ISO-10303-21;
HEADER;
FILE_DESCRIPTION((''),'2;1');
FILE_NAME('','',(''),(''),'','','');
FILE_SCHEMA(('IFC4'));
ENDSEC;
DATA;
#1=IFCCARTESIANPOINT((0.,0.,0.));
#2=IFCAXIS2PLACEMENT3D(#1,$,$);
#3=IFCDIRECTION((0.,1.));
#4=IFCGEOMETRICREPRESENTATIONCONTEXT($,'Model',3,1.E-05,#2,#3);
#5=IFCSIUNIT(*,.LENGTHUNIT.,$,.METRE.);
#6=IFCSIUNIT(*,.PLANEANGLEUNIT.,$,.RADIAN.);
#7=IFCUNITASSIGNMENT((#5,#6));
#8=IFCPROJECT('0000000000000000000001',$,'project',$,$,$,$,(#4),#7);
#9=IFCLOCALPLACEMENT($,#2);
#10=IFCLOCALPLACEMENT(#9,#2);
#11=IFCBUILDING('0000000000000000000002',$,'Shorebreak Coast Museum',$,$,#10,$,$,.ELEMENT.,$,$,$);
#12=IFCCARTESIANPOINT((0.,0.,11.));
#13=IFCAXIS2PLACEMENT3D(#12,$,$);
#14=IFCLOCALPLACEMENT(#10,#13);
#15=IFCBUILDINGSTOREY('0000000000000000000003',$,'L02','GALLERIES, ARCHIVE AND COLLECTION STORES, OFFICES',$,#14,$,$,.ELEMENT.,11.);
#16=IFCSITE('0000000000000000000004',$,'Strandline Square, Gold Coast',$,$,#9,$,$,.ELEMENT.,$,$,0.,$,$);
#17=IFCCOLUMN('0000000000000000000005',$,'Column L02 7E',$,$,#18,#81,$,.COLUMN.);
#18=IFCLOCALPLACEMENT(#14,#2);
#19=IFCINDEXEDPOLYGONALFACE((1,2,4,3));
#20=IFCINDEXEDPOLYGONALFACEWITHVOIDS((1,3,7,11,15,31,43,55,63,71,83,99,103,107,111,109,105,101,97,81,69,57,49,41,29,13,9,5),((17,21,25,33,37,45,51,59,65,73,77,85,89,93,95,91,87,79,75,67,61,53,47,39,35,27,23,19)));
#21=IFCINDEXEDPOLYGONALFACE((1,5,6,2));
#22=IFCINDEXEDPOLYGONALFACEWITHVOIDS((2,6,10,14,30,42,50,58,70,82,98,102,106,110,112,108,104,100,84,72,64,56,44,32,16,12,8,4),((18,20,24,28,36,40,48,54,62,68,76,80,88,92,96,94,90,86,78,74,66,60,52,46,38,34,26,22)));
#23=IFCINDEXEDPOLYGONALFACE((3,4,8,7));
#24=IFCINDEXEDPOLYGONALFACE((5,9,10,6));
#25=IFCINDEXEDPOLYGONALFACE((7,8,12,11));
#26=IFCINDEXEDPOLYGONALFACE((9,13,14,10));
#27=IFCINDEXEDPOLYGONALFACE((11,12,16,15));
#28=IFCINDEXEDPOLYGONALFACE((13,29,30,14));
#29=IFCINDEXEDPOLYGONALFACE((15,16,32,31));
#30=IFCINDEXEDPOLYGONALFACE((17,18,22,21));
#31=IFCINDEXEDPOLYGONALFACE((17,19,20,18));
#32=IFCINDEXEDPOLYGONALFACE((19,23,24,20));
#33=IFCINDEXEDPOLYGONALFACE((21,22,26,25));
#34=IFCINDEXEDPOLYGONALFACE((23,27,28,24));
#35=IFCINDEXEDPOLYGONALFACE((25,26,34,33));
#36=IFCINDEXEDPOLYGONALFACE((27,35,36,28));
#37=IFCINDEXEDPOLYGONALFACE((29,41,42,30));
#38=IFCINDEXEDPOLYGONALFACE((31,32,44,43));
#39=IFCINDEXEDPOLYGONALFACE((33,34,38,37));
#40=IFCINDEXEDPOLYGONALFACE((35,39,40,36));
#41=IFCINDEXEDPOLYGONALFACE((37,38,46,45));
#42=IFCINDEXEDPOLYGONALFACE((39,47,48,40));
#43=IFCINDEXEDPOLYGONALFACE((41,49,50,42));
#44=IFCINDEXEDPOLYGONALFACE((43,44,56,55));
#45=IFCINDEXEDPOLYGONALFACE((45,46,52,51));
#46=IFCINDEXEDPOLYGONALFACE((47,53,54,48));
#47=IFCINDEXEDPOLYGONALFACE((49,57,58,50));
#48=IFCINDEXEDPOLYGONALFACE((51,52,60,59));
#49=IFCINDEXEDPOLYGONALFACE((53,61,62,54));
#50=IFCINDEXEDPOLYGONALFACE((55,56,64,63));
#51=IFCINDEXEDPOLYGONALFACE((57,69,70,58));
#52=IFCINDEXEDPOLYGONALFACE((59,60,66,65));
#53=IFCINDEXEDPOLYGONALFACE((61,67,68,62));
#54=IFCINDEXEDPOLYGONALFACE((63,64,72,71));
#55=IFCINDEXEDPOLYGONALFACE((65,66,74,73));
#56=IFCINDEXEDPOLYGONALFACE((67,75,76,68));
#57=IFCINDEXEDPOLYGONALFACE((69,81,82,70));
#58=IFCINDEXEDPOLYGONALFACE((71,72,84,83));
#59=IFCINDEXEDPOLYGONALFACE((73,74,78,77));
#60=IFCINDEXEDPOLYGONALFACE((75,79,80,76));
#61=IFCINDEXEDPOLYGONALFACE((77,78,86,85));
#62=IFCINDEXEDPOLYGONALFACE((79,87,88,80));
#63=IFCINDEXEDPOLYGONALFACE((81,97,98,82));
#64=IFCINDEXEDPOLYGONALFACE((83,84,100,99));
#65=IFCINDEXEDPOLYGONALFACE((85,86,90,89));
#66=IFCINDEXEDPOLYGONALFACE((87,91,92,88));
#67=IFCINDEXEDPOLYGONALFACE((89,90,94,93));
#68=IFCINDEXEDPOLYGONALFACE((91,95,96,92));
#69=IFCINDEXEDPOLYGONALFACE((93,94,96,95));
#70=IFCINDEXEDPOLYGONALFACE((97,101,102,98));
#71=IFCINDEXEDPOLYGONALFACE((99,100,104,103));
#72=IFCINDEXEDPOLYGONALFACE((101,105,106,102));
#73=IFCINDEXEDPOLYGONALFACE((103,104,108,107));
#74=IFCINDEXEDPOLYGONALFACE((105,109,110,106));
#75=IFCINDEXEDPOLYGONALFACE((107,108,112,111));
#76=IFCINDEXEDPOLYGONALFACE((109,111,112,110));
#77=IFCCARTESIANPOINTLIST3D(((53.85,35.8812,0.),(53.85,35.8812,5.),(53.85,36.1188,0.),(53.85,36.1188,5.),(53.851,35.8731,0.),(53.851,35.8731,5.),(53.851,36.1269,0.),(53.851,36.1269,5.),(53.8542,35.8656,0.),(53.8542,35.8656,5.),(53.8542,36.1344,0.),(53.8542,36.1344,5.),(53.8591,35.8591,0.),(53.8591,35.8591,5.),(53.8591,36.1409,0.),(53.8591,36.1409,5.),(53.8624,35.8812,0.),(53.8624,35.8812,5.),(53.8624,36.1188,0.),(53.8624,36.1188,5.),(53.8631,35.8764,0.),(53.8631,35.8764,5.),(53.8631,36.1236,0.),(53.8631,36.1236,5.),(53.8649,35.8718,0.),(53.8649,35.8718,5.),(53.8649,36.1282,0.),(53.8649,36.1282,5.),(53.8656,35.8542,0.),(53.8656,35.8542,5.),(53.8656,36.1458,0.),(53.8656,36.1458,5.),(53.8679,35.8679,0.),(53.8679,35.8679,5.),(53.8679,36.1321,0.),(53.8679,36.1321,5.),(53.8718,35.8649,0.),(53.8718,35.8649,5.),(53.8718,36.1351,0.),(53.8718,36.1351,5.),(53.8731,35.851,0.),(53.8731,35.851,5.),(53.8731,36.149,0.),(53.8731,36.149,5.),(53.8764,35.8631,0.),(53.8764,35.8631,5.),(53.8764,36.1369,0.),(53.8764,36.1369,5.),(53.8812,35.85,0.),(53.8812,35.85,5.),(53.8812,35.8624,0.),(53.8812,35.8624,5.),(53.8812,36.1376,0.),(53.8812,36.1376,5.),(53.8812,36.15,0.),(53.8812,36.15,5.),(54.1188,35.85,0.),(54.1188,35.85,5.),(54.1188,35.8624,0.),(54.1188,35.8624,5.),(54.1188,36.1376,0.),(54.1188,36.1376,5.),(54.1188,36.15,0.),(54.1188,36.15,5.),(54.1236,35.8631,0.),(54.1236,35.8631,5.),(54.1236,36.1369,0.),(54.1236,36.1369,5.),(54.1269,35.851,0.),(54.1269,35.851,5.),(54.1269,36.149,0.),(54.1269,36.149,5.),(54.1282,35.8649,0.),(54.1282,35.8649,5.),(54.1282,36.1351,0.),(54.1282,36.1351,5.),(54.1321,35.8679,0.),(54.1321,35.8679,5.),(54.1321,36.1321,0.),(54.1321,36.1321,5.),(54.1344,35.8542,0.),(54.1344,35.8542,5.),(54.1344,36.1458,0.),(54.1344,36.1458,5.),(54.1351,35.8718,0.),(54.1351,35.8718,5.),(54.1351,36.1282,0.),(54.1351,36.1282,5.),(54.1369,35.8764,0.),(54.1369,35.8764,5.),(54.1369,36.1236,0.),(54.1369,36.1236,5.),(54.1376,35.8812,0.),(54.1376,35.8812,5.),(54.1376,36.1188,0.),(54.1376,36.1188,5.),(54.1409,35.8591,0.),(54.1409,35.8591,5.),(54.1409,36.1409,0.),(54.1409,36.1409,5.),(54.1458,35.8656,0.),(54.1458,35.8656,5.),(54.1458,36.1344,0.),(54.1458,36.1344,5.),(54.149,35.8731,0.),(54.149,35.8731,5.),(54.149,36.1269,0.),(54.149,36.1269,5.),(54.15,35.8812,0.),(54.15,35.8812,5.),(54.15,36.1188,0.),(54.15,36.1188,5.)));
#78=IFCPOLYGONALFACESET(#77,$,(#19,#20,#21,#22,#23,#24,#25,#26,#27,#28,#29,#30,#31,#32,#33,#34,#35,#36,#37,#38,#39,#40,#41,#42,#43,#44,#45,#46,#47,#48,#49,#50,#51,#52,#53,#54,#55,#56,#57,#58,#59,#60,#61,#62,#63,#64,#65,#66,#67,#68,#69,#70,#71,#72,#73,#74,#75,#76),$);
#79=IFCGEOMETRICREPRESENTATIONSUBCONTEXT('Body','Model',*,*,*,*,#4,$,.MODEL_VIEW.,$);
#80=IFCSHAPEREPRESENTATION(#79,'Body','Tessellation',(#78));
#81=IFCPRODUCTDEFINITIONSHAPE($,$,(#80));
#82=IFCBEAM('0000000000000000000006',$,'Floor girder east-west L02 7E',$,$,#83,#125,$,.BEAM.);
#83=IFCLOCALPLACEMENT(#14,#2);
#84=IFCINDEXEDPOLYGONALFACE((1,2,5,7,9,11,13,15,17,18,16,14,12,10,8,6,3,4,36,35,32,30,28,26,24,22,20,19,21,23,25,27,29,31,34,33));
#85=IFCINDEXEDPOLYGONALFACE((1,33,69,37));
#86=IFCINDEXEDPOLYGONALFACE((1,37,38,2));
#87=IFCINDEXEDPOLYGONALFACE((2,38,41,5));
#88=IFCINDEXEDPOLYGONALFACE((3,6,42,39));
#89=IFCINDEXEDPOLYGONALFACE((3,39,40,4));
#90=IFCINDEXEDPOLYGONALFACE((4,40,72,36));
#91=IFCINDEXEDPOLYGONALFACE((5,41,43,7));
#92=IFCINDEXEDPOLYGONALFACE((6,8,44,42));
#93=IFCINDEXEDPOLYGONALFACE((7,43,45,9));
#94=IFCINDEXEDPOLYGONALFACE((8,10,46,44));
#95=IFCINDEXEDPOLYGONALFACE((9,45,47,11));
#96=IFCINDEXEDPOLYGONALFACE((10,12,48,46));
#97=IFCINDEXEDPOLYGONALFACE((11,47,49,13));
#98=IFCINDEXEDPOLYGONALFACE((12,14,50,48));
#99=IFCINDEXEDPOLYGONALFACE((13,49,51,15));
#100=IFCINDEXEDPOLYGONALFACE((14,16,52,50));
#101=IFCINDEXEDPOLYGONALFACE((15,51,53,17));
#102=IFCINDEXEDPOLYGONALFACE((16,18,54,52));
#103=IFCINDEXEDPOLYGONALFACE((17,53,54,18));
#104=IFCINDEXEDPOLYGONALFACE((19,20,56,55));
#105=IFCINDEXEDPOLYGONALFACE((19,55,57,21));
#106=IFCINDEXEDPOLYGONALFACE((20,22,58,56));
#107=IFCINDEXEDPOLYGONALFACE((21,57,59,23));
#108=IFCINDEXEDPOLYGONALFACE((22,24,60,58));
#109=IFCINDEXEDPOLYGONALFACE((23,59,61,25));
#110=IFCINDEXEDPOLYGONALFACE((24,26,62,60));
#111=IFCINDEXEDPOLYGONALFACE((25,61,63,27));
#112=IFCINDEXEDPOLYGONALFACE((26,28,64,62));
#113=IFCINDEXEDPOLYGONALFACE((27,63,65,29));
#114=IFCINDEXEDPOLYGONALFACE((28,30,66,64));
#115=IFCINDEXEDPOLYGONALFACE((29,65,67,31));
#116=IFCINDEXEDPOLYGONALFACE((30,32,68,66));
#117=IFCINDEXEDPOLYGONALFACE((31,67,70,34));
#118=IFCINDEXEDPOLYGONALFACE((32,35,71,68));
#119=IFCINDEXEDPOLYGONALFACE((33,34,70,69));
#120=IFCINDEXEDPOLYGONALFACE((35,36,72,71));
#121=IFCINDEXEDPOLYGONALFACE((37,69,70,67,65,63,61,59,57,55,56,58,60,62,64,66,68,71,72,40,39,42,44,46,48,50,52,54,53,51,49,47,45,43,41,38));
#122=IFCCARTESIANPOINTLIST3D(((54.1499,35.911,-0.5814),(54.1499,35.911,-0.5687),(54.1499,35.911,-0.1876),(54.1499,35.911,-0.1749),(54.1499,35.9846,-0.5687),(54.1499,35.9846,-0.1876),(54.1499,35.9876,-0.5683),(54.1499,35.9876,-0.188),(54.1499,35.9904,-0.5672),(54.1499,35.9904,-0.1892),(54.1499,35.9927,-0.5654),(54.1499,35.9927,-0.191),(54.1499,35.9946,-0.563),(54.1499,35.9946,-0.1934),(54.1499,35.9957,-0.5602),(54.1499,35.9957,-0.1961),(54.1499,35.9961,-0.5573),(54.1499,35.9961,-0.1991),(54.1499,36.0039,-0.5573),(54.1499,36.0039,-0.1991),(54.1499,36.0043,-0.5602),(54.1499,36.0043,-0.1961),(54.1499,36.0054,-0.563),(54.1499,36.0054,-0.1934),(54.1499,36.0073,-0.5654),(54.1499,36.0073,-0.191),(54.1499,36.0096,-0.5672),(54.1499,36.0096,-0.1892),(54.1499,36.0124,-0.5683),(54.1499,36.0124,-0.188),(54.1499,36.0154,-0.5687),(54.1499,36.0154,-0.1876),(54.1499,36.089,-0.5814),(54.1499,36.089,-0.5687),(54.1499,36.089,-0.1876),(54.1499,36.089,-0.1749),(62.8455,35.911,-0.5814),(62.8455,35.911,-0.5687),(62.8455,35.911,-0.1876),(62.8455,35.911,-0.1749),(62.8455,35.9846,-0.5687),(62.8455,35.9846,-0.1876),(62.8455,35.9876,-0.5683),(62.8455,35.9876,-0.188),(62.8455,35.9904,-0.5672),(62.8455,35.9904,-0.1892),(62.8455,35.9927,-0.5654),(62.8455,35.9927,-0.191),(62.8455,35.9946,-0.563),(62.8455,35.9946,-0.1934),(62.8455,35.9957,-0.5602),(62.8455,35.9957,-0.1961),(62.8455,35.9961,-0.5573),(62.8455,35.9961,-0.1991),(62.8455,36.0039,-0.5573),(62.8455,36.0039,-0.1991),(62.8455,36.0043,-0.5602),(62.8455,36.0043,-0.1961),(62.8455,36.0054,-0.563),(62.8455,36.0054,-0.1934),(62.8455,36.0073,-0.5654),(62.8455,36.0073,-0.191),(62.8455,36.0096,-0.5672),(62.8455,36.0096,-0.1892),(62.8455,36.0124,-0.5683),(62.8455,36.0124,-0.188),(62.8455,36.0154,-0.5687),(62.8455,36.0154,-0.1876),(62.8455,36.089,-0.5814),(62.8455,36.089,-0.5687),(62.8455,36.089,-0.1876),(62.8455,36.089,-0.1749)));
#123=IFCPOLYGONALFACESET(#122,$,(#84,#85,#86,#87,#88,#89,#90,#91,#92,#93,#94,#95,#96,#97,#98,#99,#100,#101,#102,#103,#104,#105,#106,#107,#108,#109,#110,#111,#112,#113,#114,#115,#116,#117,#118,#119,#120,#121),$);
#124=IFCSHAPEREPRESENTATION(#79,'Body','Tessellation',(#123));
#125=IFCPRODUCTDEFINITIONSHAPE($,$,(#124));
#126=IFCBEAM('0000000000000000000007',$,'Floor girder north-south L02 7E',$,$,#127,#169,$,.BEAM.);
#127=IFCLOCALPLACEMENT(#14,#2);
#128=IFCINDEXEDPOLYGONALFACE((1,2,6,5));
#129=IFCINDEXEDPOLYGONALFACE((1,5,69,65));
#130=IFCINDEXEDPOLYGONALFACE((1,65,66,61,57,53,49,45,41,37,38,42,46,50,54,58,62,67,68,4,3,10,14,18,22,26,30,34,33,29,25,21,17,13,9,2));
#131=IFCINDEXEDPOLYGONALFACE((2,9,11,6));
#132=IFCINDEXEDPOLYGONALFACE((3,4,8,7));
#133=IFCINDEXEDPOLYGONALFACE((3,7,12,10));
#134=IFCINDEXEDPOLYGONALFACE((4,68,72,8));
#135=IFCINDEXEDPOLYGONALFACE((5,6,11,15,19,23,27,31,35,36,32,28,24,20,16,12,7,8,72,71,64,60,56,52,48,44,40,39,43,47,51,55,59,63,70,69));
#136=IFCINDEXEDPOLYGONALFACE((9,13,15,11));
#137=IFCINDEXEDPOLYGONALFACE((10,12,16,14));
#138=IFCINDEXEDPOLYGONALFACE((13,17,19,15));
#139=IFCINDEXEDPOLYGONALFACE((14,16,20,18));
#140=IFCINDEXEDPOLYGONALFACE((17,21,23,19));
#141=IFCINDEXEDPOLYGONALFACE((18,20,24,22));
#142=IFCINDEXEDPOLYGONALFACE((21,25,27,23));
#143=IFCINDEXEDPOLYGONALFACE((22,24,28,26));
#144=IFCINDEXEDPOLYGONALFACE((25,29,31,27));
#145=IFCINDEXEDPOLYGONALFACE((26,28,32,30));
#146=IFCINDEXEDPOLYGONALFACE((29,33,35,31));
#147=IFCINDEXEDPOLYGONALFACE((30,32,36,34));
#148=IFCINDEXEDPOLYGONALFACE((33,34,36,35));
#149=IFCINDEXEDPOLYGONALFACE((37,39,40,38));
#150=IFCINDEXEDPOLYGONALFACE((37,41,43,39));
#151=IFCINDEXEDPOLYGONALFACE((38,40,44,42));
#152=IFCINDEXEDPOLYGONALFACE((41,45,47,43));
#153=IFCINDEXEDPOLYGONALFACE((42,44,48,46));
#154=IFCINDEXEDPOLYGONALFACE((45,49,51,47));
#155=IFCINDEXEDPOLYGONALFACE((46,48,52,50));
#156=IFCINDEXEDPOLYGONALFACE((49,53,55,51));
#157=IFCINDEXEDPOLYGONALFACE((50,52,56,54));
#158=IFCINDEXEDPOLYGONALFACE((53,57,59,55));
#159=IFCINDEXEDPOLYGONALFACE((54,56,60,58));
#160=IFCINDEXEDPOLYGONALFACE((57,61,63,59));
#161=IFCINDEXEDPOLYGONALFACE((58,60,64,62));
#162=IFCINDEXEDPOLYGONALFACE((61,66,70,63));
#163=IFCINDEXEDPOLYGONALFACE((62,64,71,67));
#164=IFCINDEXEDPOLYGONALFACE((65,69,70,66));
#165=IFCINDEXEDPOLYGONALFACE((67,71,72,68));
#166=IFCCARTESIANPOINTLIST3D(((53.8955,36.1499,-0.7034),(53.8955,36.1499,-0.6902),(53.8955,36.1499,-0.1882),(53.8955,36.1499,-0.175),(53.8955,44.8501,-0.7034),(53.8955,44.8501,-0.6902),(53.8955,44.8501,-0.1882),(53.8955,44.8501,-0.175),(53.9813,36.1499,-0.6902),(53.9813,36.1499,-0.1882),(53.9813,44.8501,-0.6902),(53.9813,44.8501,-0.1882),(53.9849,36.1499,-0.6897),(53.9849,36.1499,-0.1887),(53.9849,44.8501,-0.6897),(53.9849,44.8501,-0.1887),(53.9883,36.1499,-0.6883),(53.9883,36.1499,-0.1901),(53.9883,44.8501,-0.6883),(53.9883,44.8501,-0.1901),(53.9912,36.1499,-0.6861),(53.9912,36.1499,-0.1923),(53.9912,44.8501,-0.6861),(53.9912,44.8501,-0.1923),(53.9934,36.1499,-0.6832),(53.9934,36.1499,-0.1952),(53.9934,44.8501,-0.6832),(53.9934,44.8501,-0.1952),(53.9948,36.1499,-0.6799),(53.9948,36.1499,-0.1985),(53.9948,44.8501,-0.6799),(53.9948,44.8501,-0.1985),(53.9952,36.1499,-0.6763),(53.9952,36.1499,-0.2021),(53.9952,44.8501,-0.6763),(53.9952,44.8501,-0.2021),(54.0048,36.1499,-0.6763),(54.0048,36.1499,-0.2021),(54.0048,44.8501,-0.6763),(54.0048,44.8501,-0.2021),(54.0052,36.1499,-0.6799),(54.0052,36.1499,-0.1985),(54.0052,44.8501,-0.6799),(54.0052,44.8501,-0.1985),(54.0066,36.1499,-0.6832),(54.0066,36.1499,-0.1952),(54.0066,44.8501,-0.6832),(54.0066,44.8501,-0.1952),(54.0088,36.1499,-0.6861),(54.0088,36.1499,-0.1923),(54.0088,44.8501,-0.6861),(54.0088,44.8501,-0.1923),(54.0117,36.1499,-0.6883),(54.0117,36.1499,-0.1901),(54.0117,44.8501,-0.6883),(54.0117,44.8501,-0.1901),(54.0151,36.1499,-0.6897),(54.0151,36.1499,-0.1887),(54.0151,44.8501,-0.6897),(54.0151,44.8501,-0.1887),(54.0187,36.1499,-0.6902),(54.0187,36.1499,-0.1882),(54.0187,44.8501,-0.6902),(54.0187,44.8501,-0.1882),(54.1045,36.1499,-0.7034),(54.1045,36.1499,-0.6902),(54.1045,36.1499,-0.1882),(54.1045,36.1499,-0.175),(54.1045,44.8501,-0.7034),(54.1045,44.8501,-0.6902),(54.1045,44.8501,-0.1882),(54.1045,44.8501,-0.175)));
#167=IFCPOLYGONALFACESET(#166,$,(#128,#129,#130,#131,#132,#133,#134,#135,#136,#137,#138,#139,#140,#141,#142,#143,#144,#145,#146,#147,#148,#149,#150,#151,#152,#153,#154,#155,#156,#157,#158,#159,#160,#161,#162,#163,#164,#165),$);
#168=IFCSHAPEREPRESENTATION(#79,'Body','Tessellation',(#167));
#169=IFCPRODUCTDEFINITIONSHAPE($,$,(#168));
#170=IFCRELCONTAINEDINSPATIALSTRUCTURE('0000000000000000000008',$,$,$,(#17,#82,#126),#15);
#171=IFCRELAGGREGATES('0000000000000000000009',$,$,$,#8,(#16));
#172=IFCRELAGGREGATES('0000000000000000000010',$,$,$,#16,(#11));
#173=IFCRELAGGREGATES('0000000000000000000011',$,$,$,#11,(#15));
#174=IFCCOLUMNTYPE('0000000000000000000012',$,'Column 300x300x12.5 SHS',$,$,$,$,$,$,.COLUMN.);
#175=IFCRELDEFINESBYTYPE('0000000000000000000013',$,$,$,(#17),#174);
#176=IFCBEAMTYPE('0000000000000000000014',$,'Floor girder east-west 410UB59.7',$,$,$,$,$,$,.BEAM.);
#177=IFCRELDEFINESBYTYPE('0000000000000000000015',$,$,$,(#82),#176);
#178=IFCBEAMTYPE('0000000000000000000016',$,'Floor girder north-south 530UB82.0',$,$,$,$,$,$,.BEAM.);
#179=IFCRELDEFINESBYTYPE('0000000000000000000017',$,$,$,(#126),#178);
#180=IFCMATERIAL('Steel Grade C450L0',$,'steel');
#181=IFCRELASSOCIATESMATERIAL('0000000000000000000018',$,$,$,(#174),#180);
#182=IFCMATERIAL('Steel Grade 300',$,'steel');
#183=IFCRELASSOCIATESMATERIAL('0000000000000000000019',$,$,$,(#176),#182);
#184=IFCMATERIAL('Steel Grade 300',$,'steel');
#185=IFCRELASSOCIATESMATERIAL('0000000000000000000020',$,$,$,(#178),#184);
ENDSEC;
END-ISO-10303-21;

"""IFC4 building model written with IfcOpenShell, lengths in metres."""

from ifc_helpers import new_model, si_unit, direction, frame, origin, origin_2d, place, context, subcontext, project, spatial, hollow_rectangle, i_section, extrude, material, material_profile, profile_set, type_object, element, save


model = new_model("IFC4")

# Units and contexts
model_context = context("Model", 3, precision=1e-05, world=origin(), true_north=direction((0.0, 1.0)))
body_context = subcontext(model_context, "Body", "Model", "MODEL_VIEW")
ifc_project = project(units=[si_unit("LENGTHUNIT", "METRE"), si_unit("PLANEANGLEUNIT", "RADIAN")], contexts=[model_context])

# Site, building, storey
site_placement = place(None, origin())
site = spatial("IfcSite", under=ifc_project, at=site_placement, Name="Strandline Square, Gold Coast", CompositionType="ELEMENT", RefElevation=0.0)
building_placement = place(site_placement, origin())
building = spatial("IfcBuilding", under=site, at=building_placement, Name="Shorebreak Coast Museum", CompositionType="ELEMENT")
storey_placement = place(building_placement, frame((0.0, 0.0, 11.0)))
storey = spatial("IfcBuildingStorey", under=building, at=storey_placement, Name="L02", Description="GALLERIES, ARCHIVE AND COLLECTION STORES, OFFICES", CompositionType="ELEMENT", Elevation=11.0)

# Column
ifc_material_1 = material(Name="Steel Grade C450L0", Category="steel")
ifc_material_profile_1 = material_profile(ifc_material_1, hollow_rectangle(XDim=0.3, YDim=0.3, WallThickness=0.0125, InnerFilletRadius=0.0188, OuterFilletRadius=0.0312, at=origin_2d()), Name="300x300x12.5 SHS")
ifc_profile_set_1 = profile_set([ifc_material_profile_1], Name="Steel Grade C450L0")
column_type = type_object("IfcColumnType", Name="Column 300x300x12.5 SHS", PredefinedType="COLUMN", material=ifc_profile_set_1)
column_placement = place(storey_placement, frame((54.0, 36.0, 0.0), z_axis=(0.0, 0.0, 1.0), x_axis=(1.0, 0.0, 0.0)))
element("IfcColumn", 1, at=column_placement, inside=storey, type_object=column_type, Name="Column L02 7E", PredefinedType="COLUMN", context=body_context, shape_type="SweptSolid", body=[
    extrude(hollow_rectangle(XDim=0.3, YDim=0.3, WallThickness=0.0125, InnerFilletRadius=0.0188, OuterFilletRadius=0.0312, at=origin_2d()), origin(), (0.0, 0.0, 1.0), 5.0),
])

# Beams
ifc_material_2 = material(Name="Steel Grade 300", Category="steel")
ifc_material_profile_2 = material_profile(ifc_material_2, i_section(OverallWidth=0.178, OverallDepth=0.4065, WebThickness=0.0078, FlangeThickness=0.0127, FilletRadius=0.0115, at=origin_2d()), Name="410UB59.7")
ifc_profile_set_2 = profile_set([ifc_material_profile_2], Name="Steel Grade 300")
beam_type_1 = type_object("IfcBeamType", Name="Floor girder east-west 410UB59.7", PredefinedType="BEAM", material=ifc_profile_set_2)
beam_1_placement = place(storey_placement, frame((54.1499, 36.0, -0.3782), z_axis=(1.0, 0.0, 0.0), x_axis=(0.0, 1.0, 0.0)))
element("IfcBeam", 2, at=beam_1_placement, inside=storey, type_object=beam_type_1, Name="Floor girder east-west L02 7E", PredefinedType="BEAM", context=body_context, shape_type="SweptSolid", body=[
    extrude(i_section(OverallWidth=0.178, OverallDepth=0.4065, WebThickness=0.0078, FlangeThickness=0.0127, FilletRadius=0.0115, at=origin_2d()), origin(), (0.0, 0.0, 1.0), 8.6956),
])
ifc_material_3 = material(Name="Steel Grade 300", Category="steel")
ifc_material_profile_3 = material_profile(ifc_material_3, i_section(OverallWidth=0.209, OverallDepth=0.5283, WebThickness=0.0095, FlangeThickness=0.0132, FilletRadius=0.0139, at=origin_2d()), Name="530UB82.0")
ifc_profile_set_3 = profile_set([ifc_material_profile_3], Name="Steel Grade 300")
beam_type_2 = type_object("IfcBeamType", Name="Floor girder north-south 530UB82.0", PredefinedType="BEAM", material=ifc_profile_set_3)
beam_2_placement = place(storey_placement, frame((54.0, 36.1499, -0.4392), z_axis=(0.0, 1.0, 0.0), x_axis=(-1.0, 0.0, 0.0)))
element("IfcBeam", 3, at=beam_2_placement, inside=storey, type_object=beam_type_2, Name="Floor girder north-south L02 7E", PredefinedType="BEAM", context=body_context, shape_type="SweptSolid", body=[
    extrude(i_section(OverallWidth=0.209, OverallDepth=0.5283, WebThickness=0.0095, FlangeThickness=0.0132, FilletRadius=0.0139, at=origin_2d()), origin(), (0.0, 0.0, 1.0), 8.7002),
])

save(model, "model.ifc")
